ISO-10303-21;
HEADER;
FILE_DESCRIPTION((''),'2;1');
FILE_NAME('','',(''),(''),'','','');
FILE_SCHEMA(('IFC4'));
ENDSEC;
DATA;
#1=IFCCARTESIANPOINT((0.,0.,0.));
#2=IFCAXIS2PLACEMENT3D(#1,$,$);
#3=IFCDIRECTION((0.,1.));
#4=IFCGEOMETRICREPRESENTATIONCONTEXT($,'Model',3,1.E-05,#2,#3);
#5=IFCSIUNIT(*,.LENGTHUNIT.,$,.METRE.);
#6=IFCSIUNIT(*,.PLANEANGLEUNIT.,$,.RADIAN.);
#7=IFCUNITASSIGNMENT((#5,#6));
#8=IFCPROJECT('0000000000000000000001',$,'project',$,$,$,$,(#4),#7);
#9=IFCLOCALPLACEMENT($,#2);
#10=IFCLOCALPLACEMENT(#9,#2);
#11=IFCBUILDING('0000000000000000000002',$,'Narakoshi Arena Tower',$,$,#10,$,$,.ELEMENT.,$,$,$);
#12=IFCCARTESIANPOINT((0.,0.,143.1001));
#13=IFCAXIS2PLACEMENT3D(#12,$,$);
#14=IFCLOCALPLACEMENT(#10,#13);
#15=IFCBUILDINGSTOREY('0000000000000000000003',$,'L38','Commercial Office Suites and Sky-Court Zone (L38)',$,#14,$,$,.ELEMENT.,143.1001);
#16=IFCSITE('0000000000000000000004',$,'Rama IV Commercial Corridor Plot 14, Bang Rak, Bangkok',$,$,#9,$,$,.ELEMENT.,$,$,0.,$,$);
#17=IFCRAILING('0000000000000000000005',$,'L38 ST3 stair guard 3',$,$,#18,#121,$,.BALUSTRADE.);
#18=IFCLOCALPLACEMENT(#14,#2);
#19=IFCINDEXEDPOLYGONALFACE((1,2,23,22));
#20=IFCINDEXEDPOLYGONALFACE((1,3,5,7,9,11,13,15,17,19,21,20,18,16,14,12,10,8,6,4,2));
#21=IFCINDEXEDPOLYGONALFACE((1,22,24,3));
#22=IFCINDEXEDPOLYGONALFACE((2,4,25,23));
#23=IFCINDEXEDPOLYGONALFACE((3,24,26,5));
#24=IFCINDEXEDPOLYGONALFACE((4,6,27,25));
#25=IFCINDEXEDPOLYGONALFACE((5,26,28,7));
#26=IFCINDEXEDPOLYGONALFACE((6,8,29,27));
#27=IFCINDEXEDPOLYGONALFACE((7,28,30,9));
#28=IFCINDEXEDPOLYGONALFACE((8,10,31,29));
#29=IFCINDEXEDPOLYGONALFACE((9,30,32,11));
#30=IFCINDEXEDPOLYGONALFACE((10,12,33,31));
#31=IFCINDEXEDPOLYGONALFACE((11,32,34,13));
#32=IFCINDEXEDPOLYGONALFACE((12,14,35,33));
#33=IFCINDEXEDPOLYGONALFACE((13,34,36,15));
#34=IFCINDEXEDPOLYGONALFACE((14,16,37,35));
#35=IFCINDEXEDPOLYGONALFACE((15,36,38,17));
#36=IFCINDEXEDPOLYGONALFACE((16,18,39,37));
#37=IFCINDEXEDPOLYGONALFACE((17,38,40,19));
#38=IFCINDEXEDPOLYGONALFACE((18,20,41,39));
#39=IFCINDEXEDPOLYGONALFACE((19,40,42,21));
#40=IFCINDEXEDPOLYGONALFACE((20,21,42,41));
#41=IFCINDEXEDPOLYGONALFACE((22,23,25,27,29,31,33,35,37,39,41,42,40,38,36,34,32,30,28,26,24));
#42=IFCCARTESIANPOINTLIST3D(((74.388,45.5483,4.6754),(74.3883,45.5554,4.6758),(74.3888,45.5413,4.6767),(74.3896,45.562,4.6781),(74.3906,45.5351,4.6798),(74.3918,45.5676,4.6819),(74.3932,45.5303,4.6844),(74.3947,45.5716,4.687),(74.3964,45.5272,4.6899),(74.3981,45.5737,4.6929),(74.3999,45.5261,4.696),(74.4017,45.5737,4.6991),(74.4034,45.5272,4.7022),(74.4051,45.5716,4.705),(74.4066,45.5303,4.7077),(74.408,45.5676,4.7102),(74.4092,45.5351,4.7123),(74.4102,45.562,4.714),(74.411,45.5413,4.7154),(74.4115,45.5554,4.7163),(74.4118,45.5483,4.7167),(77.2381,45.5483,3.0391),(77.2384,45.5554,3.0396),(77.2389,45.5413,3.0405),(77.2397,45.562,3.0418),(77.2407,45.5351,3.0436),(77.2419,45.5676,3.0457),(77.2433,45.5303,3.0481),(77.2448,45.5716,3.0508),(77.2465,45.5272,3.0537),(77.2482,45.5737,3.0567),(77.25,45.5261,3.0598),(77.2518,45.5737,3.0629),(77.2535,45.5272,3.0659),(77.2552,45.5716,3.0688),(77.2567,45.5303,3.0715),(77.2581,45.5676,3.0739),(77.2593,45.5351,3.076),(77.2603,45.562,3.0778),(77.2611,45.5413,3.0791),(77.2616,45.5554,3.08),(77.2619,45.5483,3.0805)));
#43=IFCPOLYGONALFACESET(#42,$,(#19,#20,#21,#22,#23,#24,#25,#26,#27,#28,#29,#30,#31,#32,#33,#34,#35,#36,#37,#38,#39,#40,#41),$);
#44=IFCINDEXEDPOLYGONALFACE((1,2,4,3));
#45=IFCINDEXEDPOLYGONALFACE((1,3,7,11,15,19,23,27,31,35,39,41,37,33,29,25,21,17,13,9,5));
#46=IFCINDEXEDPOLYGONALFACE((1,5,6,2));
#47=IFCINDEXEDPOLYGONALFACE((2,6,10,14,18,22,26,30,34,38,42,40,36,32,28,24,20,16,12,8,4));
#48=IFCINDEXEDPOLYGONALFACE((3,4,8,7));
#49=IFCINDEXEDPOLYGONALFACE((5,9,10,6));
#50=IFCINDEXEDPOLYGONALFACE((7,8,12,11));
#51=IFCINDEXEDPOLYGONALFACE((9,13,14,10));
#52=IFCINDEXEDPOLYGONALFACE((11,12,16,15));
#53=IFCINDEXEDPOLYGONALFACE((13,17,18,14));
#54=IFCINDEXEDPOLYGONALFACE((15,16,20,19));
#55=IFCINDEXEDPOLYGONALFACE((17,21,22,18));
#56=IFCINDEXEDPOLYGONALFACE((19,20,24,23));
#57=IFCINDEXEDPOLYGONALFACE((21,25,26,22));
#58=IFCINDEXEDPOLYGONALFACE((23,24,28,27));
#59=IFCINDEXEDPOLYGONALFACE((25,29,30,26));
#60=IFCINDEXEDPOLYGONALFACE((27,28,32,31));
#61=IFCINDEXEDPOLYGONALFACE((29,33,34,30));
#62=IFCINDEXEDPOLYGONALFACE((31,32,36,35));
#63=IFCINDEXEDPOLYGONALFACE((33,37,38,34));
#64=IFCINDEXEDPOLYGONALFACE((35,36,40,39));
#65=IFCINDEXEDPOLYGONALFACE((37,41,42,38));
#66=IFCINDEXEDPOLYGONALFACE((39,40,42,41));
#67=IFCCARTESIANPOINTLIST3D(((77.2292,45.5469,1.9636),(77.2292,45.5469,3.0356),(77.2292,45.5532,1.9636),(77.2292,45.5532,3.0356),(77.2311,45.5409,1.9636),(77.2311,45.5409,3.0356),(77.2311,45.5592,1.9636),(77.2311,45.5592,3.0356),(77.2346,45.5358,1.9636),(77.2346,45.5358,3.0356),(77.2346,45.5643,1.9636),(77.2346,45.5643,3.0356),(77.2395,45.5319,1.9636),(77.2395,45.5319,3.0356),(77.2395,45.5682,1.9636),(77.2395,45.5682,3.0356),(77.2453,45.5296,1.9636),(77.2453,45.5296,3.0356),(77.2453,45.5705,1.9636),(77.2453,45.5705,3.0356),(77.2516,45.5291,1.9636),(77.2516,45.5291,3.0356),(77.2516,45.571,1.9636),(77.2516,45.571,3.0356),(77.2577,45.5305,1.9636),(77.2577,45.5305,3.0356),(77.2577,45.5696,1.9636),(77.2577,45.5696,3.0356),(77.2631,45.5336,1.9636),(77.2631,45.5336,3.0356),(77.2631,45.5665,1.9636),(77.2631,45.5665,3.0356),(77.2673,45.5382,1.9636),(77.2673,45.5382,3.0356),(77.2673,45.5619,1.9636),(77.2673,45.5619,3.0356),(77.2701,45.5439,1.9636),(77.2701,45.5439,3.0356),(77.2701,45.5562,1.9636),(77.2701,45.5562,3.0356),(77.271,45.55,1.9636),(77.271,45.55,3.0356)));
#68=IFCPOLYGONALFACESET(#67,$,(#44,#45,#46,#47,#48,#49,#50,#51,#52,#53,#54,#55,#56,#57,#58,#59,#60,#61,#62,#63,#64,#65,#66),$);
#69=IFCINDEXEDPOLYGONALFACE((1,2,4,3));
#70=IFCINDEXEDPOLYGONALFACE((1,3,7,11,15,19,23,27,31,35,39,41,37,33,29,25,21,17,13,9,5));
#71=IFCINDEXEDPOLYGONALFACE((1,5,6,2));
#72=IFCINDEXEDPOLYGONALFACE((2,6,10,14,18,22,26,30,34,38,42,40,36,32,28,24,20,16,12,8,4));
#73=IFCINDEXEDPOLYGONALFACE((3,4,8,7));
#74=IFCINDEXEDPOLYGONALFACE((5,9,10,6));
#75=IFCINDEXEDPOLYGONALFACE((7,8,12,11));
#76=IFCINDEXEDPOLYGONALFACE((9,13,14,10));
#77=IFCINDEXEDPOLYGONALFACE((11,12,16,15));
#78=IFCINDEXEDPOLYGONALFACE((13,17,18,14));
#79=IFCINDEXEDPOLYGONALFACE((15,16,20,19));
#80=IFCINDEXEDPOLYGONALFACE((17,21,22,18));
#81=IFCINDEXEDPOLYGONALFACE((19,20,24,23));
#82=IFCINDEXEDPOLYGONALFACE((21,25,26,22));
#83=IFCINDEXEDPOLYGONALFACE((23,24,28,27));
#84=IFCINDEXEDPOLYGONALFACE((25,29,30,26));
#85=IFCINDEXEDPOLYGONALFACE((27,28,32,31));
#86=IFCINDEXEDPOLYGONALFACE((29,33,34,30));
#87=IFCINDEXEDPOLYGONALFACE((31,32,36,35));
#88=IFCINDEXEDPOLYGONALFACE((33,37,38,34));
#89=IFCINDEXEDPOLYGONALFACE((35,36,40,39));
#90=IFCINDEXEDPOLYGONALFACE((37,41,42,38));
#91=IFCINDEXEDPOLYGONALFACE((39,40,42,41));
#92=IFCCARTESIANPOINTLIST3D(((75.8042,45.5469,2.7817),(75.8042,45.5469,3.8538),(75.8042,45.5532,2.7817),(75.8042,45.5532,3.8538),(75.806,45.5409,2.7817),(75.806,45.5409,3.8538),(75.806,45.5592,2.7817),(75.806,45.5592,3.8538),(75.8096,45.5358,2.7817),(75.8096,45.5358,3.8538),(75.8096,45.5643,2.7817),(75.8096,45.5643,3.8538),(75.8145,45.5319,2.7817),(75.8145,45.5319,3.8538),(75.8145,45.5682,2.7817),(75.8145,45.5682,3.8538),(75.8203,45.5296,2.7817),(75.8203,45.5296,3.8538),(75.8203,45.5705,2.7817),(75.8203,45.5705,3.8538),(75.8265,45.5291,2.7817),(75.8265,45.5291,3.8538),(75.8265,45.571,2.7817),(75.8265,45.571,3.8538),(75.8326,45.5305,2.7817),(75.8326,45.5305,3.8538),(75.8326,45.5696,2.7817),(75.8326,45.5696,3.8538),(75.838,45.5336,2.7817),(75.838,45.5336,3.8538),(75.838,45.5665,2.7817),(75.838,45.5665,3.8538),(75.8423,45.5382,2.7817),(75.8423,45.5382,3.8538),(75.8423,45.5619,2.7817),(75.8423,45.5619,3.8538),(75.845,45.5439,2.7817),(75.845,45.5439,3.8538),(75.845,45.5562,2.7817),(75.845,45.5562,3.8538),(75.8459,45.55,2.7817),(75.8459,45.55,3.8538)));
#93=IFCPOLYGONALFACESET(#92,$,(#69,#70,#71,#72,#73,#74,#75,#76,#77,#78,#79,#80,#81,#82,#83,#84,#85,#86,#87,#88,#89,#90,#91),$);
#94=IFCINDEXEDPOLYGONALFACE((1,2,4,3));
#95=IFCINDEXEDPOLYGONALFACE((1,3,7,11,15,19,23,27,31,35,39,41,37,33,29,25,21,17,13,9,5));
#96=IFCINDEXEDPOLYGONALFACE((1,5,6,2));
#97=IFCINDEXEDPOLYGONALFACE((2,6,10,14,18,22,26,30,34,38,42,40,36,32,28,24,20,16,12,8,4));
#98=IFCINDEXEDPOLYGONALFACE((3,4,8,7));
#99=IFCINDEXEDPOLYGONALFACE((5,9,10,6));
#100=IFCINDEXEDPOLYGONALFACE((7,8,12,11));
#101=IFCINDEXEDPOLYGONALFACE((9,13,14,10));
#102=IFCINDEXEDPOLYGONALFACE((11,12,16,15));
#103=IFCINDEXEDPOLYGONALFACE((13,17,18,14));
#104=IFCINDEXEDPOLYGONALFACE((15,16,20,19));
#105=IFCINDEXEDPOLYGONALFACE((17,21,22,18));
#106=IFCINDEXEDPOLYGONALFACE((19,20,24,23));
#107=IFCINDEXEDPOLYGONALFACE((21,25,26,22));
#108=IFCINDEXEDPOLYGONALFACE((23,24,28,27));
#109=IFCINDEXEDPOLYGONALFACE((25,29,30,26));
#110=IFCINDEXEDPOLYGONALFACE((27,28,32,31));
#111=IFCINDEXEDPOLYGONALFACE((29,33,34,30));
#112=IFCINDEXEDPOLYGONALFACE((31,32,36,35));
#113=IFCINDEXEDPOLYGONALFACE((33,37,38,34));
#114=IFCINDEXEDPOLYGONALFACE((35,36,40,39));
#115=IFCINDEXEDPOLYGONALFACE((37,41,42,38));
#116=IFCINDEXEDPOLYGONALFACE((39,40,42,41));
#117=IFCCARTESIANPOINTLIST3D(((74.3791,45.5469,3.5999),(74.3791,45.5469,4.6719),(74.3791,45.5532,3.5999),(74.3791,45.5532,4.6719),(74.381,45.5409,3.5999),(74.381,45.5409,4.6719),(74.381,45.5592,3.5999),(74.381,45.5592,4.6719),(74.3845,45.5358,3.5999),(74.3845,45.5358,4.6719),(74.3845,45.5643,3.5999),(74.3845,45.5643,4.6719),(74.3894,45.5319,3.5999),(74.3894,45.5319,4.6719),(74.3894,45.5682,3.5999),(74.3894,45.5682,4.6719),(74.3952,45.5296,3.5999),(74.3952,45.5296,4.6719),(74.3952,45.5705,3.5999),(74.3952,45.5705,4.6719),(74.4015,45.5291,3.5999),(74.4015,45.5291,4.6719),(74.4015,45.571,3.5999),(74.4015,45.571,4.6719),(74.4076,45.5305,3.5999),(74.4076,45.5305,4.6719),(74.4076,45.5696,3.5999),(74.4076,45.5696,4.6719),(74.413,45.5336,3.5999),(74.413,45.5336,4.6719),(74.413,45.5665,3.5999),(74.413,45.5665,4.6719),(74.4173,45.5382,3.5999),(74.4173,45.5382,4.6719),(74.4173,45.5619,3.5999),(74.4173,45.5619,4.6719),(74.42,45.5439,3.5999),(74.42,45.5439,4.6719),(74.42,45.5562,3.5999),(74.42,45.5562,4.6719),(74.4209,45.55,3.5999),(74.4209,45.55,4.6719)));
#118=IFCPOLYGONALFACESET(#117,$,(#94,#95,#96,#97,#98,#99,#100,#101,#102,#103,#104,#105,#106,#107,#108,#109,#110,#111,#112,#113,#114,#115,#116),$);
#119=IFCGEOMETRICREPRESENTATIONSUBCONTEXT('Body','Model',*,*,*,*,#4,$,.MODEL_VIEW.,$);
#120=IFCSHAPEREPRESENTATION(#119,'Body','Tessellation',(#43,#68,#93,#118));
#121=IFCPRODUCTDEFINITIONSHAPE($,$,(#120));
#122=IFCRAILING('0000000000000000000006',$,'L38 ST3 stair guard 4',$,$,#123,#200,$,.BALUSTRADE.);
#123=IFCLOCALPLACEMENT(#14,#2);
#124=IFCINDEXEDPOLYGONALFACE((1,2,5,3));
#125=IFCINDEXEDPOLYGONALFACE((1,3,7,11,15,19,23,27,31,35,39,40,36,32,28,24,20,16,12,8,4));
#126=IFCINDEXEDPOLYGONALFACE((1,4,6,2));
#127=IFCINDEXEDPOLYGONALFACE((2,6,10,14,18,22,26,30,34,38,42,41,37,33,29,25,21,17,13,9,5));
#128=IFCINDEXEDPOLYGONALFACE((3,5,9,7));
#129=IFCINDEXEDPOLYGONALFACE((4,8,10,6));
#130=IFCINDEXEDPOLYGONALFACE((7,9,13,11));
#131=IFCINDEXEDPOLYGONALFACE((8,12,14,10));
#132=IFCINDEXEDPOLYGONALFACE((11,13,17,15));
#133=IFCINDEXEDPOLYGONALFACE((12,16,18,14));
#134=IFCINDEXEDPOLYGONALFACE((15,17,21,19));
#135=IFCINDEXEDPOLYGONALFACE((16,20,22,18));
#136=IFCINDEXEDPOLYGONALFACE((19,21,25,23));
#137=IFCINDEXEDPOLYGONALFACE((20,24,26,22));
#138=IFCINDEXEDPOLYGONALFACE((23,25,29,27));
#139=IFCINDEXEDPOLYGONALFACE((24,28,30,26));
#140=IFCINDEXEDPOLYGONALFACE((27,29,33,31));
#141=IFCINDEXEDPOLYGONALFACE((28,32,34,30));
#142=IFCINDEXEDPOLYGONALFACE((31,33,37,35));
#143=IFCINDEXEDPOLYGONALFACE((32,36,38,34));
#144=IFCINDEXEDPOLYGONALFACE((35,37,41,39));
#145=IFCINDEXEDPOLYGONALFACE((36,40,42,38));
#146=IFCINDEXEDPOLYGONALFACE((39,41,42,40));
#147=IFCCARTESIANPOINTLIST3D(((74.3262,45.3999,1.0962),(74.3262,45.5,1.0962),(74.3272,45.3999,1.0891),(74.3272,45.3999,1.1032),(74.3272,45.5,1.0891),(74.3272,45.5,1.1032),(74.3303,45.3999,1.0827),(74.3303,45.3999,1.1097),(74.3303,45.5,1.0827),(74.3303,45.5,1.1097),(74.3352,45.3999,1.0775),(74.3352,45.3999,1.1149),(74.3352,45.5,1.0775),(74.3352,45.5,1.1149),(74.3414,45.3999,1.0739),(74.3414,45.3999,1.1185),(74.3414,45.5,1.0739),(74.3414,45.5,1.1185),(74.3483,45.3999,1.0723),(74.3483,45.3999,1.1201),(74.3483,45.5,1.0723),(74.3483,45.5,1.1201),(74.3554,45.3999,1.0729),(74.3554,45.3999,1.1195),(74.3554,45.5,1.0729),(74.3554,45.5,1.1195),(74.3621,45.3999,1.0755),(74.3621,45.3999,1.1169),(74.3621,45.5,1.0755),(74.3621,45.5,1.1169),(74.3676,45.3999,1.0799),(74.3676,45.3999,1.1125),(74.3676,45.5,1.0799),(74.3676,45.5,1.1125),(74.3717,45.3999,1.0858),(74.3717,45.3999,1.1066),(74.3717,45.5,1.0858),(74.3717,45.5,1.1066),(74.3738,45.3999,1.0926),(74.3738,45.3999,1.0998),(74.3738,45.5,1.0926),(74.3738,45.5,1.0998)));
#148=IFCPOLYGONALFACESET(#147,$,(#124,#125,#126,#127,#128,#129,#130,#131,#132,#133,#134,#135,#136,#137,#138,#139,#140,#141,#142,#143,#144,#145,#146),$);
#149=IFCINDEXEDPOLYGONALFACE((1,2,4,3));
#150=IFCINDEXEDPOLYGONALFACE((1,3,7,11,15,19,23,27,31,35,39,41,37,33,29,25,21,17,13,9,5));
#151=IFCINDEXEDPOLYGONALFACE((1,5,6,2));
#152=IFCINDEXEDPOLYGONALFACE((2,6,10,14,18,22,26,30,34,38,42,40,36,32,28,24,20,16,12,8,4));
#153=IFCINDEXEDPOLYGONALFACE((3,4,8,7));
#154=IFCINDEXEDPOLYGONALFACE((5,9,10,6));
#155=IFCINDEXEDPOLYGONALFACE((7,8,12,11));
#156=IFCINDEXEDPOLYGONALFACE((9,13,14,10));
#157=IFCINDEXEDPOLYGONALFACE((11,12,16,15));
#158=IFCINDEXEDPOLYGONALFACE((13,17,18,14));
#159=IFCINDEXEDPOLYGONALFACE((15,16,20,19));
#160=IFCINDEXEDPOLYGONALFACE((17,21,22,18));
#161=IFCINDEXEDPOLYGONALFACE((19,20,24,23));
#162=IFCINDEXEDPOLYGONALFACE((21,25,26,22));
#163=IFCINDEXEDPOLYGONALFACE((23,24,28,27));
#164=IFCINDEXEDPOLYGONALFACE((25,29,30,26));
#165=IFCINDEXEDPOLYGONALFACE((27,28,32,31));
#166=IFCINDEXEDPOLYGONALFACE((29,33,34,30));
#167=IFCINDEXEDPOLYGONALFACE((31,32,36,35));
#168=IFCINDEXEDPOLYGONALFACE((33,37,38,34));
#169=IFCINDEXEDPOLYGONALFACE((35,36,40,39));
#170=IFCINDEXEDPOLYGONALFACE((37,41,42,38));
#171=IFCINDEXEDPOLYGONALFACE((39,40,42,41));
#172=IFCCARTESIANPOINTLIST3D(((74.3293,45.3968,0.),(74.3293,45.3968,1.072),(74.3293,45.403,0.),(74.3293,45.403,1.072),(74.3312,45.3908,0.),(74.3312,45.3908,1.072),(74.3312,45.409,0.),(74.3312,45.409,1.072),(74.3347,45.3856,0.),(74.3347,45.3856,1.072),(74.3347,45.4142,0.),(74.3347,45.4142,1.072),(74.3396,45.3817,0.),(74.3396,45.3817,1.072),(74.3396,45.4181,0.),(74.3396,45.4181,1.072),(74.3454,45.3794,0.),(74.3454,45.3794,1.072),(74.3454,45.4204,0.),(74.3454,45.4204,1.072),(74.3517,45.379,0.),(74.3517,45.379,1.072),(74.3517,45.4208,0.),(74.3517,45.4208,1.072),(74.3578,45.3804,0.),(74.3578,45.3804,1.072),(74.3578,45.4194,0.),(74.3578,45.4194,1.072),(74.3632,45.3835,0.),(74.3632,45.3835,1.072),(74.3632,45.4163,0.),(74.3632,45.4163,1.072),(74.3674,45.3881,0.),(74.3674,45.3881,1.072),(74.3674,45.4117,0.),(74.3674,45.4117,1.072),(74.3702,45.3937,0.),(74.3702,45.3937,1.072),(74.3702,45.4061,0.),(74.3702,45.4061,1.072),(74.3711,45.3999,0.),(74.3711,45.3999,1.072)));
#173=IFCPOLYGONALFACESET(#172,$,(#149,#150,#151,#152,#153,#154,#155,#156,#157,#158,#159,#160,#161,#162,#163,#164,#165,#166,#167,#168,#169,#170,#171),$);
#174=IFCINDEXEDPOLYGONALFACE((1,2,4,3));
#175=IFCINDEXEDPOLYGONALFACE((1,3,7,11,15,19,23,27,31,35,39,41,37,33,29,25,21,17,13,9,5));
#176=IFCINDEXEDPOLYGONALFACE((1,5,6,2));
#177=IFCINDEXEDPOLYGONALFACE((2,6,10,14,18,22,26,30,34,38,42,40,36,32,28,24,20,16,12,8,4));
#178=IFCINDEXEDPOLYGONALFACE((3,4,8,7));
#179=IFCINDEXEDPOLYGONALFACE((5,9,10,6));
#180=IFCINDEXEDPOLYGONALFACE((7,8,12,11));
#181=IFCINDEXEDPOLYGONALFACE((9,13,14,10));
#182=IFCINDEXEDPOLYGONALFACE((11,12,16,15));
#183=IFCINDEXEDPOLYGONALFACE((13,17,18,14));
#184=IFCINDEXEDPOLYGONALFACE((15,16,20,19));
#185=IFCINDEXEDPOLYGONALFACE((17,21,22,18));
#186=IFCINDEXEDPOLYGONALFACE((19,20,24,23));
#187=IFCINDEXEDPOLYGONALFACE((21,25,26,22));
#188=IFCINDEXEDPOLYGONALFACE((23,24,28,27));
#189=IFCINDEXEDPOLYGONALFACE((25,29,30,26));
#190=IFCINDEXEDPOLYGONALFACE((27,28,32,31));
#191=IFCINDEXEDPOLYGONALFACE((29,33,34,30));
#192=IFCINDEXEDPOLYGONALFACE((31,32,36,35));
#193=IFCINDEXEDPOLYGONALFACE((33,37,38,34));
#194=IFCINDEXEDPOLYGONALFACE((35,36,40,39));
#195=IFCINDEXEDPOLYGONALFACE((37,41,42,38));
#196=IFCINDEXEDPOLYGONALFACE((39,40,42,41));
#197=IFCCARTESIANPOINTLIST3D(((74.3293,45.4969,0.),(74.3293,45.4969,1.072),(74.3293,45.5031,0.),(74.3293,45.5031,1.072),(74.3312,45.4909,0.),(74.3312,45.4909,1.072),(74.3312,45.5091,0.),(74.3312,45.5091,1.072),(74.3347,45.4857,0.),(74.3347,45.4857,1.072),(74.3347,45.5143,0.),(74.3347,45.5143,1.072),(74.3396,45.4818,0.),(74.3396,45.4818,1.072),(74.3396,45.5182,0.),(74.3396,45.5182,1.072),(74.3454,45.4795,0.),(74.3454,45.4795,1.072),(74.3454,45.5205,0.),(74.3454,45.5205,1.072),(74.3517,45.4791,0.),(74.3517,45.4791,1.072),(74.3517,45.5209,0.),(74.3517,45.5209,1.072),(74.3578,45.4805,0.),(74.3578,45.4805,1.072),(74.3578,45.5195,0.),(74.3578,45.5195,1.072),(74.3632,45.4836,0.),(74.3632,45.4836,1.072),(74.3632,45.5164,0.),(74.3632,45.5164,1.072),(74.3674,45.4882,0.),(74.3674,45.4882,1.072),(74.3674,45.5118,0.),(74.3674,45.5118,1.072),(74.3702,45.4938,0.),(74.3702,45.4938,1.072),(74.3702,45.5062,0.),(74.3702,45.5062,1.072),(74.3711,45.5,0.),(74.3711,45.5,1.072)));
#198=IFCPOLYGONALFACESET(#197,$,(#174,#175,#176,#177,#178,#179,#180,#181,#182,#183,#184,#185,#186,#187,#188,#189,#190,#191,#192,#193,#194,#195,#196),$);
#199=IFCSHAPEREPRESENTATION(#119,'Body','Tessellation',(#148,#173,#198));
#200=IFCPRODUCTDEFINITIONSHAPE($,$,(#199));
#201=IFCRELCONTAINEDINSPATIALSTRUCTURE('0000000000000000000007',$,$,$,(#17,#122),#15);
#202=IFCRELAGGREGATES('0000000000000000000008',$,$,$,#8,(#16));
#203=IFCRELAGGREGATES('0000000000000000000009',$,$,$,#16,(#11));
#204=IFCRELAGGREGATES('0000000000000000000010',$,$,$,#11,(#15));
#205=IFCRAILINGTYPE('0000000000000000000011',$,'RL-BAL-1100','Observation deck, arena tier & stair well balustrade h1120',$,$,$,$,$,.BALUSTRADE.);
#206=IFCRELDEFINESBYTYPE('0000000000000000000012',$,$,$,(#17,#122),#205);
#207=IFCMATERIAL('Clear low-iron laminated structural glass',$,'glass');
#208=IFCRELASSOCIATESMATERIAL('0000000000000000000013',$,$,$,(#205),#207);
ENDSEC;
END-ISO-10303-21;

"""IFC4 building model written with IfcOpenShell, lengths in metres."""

from ifc_helpers import new_model, si_unit, direction, frame, origin, origin_2d, place, context, subcontext, project, spatial, circle, extrude, material, type_object, element, save


model = new_model("IFC4")

# Units and contexts
model_context = context("Model", 3, precision=1e-05, world=origin(), true_north=direction((0.0, 1.0)))
body_context = subcontext(model_context, "Body", "Model", "MODEL_VIEW")
ifc_project = project(units=[si_unit("LENGTHUNIT", "METRE"), si_unit("PLANEANGLEUNIT", "RADIAN")], contexts=[model_context])

# Site, building, storey
site_placement = place(None, origin())
site = spatial("IfcSite", under=ifc_project, at=site_placement, Name="Rama IV Commercial Corridor Plot 14, Bang Rak, Bangkok", CompositionType="ELEMENT", RefElevation=0.0)
building_placement = place(site_placement, origin())
building = spatial("IfcBuilding", under=site, at=building_placement, Name="Narakoshi Arena Tower", CompositionType="ELEMENT")
storey_placement = place(building_placement, frame((0.0, 0.0, 143.1001)))
storey = spatial("IfcBuildingStorey", under=building, at=storey_placement, Name="L38", Description="Commercial Office Suites and Sky-Court Zone (L38)", CompositionType="ELEMENT", Elevation=143.1001)

# Railings
ifc_material_1 = material(Name="Clear low-iron laminated structural glass", Category="glass")
railing_type_1 = type_object("IfcRailingType", Name="RL-BAL-1100", Description="Observation deck, arena tier & stair well balustrade h1120", PredefinedType="BALUSTRADE", material=ifc_material_1)
railing_1_placement = place(storey_placement, frame((77.25, 45.55, 1.9636)))
element("IfcRailing", 1, at=railing_1_placement, inside=storey, type_object=railing_type_1, Name="L38 ST3 stair guard 3", PredefinedType="BALUSTRADE", context=body_context, shape_type="SweptSolid", body=[
    extrude(circle(Radius=0.0239, at=origin_2d()), frame((0.0, 0.0, 1.0962), z_axis=(-0.867245, 0.0, 0.497882), x_axis=(0.0, -1.0, 0.0)), (0.0, 0.0, 1.0), 3.2864),
    extrude(circle(Radius=0.021, at=origin_2d()), origin(), (0.0, 0.0, 1.0), 1.072),
    extrude(circle(Radius=0.021, at=origin_2d()), frame((-1.425, 0.0, 0.8181)), (0.0, 0.0, 1.0), 1.072),
    extrude(circle(Radius=0.021, at=origin_2d()), frame((-2.8501, 0.0, 1.6362)), (0.0, 0.0, 1.0), 1.072),
])
railing_2_placement = place(storey_placement, frame((74.3501, 45.3999, 0.0)))
element("IfcRailing", 2, at=railing_2_placement, inside=storey, type_object=railing_type_1, Name="L38 ST3 stair guard 4", PredefinedType="BALUSTRADE", context=body_context, shape_type="SweptSolid", body=[
    extrude(circle(Radius=0.0239, at=origin_2d()), frame((0.0, 0.0, 1.0962), z_axis=(0.0, 1.0, 0.0), x_axis=(-1.0, 0.0, 0.0)), (0.0, 0.0, 1.0), 0.1001),
    extrude(circle(Radius=0.021, at=origin_2d()), origin(), (0.0, 0.0, 1.0), 1.072),
    extrude(circle(Radius=0.021, at=origin_2d()), frame((0.0, 0.1001, 0.0)), (0.0, 0.0, 1.0), 1.072),
])

save(model, "model.ifc")
